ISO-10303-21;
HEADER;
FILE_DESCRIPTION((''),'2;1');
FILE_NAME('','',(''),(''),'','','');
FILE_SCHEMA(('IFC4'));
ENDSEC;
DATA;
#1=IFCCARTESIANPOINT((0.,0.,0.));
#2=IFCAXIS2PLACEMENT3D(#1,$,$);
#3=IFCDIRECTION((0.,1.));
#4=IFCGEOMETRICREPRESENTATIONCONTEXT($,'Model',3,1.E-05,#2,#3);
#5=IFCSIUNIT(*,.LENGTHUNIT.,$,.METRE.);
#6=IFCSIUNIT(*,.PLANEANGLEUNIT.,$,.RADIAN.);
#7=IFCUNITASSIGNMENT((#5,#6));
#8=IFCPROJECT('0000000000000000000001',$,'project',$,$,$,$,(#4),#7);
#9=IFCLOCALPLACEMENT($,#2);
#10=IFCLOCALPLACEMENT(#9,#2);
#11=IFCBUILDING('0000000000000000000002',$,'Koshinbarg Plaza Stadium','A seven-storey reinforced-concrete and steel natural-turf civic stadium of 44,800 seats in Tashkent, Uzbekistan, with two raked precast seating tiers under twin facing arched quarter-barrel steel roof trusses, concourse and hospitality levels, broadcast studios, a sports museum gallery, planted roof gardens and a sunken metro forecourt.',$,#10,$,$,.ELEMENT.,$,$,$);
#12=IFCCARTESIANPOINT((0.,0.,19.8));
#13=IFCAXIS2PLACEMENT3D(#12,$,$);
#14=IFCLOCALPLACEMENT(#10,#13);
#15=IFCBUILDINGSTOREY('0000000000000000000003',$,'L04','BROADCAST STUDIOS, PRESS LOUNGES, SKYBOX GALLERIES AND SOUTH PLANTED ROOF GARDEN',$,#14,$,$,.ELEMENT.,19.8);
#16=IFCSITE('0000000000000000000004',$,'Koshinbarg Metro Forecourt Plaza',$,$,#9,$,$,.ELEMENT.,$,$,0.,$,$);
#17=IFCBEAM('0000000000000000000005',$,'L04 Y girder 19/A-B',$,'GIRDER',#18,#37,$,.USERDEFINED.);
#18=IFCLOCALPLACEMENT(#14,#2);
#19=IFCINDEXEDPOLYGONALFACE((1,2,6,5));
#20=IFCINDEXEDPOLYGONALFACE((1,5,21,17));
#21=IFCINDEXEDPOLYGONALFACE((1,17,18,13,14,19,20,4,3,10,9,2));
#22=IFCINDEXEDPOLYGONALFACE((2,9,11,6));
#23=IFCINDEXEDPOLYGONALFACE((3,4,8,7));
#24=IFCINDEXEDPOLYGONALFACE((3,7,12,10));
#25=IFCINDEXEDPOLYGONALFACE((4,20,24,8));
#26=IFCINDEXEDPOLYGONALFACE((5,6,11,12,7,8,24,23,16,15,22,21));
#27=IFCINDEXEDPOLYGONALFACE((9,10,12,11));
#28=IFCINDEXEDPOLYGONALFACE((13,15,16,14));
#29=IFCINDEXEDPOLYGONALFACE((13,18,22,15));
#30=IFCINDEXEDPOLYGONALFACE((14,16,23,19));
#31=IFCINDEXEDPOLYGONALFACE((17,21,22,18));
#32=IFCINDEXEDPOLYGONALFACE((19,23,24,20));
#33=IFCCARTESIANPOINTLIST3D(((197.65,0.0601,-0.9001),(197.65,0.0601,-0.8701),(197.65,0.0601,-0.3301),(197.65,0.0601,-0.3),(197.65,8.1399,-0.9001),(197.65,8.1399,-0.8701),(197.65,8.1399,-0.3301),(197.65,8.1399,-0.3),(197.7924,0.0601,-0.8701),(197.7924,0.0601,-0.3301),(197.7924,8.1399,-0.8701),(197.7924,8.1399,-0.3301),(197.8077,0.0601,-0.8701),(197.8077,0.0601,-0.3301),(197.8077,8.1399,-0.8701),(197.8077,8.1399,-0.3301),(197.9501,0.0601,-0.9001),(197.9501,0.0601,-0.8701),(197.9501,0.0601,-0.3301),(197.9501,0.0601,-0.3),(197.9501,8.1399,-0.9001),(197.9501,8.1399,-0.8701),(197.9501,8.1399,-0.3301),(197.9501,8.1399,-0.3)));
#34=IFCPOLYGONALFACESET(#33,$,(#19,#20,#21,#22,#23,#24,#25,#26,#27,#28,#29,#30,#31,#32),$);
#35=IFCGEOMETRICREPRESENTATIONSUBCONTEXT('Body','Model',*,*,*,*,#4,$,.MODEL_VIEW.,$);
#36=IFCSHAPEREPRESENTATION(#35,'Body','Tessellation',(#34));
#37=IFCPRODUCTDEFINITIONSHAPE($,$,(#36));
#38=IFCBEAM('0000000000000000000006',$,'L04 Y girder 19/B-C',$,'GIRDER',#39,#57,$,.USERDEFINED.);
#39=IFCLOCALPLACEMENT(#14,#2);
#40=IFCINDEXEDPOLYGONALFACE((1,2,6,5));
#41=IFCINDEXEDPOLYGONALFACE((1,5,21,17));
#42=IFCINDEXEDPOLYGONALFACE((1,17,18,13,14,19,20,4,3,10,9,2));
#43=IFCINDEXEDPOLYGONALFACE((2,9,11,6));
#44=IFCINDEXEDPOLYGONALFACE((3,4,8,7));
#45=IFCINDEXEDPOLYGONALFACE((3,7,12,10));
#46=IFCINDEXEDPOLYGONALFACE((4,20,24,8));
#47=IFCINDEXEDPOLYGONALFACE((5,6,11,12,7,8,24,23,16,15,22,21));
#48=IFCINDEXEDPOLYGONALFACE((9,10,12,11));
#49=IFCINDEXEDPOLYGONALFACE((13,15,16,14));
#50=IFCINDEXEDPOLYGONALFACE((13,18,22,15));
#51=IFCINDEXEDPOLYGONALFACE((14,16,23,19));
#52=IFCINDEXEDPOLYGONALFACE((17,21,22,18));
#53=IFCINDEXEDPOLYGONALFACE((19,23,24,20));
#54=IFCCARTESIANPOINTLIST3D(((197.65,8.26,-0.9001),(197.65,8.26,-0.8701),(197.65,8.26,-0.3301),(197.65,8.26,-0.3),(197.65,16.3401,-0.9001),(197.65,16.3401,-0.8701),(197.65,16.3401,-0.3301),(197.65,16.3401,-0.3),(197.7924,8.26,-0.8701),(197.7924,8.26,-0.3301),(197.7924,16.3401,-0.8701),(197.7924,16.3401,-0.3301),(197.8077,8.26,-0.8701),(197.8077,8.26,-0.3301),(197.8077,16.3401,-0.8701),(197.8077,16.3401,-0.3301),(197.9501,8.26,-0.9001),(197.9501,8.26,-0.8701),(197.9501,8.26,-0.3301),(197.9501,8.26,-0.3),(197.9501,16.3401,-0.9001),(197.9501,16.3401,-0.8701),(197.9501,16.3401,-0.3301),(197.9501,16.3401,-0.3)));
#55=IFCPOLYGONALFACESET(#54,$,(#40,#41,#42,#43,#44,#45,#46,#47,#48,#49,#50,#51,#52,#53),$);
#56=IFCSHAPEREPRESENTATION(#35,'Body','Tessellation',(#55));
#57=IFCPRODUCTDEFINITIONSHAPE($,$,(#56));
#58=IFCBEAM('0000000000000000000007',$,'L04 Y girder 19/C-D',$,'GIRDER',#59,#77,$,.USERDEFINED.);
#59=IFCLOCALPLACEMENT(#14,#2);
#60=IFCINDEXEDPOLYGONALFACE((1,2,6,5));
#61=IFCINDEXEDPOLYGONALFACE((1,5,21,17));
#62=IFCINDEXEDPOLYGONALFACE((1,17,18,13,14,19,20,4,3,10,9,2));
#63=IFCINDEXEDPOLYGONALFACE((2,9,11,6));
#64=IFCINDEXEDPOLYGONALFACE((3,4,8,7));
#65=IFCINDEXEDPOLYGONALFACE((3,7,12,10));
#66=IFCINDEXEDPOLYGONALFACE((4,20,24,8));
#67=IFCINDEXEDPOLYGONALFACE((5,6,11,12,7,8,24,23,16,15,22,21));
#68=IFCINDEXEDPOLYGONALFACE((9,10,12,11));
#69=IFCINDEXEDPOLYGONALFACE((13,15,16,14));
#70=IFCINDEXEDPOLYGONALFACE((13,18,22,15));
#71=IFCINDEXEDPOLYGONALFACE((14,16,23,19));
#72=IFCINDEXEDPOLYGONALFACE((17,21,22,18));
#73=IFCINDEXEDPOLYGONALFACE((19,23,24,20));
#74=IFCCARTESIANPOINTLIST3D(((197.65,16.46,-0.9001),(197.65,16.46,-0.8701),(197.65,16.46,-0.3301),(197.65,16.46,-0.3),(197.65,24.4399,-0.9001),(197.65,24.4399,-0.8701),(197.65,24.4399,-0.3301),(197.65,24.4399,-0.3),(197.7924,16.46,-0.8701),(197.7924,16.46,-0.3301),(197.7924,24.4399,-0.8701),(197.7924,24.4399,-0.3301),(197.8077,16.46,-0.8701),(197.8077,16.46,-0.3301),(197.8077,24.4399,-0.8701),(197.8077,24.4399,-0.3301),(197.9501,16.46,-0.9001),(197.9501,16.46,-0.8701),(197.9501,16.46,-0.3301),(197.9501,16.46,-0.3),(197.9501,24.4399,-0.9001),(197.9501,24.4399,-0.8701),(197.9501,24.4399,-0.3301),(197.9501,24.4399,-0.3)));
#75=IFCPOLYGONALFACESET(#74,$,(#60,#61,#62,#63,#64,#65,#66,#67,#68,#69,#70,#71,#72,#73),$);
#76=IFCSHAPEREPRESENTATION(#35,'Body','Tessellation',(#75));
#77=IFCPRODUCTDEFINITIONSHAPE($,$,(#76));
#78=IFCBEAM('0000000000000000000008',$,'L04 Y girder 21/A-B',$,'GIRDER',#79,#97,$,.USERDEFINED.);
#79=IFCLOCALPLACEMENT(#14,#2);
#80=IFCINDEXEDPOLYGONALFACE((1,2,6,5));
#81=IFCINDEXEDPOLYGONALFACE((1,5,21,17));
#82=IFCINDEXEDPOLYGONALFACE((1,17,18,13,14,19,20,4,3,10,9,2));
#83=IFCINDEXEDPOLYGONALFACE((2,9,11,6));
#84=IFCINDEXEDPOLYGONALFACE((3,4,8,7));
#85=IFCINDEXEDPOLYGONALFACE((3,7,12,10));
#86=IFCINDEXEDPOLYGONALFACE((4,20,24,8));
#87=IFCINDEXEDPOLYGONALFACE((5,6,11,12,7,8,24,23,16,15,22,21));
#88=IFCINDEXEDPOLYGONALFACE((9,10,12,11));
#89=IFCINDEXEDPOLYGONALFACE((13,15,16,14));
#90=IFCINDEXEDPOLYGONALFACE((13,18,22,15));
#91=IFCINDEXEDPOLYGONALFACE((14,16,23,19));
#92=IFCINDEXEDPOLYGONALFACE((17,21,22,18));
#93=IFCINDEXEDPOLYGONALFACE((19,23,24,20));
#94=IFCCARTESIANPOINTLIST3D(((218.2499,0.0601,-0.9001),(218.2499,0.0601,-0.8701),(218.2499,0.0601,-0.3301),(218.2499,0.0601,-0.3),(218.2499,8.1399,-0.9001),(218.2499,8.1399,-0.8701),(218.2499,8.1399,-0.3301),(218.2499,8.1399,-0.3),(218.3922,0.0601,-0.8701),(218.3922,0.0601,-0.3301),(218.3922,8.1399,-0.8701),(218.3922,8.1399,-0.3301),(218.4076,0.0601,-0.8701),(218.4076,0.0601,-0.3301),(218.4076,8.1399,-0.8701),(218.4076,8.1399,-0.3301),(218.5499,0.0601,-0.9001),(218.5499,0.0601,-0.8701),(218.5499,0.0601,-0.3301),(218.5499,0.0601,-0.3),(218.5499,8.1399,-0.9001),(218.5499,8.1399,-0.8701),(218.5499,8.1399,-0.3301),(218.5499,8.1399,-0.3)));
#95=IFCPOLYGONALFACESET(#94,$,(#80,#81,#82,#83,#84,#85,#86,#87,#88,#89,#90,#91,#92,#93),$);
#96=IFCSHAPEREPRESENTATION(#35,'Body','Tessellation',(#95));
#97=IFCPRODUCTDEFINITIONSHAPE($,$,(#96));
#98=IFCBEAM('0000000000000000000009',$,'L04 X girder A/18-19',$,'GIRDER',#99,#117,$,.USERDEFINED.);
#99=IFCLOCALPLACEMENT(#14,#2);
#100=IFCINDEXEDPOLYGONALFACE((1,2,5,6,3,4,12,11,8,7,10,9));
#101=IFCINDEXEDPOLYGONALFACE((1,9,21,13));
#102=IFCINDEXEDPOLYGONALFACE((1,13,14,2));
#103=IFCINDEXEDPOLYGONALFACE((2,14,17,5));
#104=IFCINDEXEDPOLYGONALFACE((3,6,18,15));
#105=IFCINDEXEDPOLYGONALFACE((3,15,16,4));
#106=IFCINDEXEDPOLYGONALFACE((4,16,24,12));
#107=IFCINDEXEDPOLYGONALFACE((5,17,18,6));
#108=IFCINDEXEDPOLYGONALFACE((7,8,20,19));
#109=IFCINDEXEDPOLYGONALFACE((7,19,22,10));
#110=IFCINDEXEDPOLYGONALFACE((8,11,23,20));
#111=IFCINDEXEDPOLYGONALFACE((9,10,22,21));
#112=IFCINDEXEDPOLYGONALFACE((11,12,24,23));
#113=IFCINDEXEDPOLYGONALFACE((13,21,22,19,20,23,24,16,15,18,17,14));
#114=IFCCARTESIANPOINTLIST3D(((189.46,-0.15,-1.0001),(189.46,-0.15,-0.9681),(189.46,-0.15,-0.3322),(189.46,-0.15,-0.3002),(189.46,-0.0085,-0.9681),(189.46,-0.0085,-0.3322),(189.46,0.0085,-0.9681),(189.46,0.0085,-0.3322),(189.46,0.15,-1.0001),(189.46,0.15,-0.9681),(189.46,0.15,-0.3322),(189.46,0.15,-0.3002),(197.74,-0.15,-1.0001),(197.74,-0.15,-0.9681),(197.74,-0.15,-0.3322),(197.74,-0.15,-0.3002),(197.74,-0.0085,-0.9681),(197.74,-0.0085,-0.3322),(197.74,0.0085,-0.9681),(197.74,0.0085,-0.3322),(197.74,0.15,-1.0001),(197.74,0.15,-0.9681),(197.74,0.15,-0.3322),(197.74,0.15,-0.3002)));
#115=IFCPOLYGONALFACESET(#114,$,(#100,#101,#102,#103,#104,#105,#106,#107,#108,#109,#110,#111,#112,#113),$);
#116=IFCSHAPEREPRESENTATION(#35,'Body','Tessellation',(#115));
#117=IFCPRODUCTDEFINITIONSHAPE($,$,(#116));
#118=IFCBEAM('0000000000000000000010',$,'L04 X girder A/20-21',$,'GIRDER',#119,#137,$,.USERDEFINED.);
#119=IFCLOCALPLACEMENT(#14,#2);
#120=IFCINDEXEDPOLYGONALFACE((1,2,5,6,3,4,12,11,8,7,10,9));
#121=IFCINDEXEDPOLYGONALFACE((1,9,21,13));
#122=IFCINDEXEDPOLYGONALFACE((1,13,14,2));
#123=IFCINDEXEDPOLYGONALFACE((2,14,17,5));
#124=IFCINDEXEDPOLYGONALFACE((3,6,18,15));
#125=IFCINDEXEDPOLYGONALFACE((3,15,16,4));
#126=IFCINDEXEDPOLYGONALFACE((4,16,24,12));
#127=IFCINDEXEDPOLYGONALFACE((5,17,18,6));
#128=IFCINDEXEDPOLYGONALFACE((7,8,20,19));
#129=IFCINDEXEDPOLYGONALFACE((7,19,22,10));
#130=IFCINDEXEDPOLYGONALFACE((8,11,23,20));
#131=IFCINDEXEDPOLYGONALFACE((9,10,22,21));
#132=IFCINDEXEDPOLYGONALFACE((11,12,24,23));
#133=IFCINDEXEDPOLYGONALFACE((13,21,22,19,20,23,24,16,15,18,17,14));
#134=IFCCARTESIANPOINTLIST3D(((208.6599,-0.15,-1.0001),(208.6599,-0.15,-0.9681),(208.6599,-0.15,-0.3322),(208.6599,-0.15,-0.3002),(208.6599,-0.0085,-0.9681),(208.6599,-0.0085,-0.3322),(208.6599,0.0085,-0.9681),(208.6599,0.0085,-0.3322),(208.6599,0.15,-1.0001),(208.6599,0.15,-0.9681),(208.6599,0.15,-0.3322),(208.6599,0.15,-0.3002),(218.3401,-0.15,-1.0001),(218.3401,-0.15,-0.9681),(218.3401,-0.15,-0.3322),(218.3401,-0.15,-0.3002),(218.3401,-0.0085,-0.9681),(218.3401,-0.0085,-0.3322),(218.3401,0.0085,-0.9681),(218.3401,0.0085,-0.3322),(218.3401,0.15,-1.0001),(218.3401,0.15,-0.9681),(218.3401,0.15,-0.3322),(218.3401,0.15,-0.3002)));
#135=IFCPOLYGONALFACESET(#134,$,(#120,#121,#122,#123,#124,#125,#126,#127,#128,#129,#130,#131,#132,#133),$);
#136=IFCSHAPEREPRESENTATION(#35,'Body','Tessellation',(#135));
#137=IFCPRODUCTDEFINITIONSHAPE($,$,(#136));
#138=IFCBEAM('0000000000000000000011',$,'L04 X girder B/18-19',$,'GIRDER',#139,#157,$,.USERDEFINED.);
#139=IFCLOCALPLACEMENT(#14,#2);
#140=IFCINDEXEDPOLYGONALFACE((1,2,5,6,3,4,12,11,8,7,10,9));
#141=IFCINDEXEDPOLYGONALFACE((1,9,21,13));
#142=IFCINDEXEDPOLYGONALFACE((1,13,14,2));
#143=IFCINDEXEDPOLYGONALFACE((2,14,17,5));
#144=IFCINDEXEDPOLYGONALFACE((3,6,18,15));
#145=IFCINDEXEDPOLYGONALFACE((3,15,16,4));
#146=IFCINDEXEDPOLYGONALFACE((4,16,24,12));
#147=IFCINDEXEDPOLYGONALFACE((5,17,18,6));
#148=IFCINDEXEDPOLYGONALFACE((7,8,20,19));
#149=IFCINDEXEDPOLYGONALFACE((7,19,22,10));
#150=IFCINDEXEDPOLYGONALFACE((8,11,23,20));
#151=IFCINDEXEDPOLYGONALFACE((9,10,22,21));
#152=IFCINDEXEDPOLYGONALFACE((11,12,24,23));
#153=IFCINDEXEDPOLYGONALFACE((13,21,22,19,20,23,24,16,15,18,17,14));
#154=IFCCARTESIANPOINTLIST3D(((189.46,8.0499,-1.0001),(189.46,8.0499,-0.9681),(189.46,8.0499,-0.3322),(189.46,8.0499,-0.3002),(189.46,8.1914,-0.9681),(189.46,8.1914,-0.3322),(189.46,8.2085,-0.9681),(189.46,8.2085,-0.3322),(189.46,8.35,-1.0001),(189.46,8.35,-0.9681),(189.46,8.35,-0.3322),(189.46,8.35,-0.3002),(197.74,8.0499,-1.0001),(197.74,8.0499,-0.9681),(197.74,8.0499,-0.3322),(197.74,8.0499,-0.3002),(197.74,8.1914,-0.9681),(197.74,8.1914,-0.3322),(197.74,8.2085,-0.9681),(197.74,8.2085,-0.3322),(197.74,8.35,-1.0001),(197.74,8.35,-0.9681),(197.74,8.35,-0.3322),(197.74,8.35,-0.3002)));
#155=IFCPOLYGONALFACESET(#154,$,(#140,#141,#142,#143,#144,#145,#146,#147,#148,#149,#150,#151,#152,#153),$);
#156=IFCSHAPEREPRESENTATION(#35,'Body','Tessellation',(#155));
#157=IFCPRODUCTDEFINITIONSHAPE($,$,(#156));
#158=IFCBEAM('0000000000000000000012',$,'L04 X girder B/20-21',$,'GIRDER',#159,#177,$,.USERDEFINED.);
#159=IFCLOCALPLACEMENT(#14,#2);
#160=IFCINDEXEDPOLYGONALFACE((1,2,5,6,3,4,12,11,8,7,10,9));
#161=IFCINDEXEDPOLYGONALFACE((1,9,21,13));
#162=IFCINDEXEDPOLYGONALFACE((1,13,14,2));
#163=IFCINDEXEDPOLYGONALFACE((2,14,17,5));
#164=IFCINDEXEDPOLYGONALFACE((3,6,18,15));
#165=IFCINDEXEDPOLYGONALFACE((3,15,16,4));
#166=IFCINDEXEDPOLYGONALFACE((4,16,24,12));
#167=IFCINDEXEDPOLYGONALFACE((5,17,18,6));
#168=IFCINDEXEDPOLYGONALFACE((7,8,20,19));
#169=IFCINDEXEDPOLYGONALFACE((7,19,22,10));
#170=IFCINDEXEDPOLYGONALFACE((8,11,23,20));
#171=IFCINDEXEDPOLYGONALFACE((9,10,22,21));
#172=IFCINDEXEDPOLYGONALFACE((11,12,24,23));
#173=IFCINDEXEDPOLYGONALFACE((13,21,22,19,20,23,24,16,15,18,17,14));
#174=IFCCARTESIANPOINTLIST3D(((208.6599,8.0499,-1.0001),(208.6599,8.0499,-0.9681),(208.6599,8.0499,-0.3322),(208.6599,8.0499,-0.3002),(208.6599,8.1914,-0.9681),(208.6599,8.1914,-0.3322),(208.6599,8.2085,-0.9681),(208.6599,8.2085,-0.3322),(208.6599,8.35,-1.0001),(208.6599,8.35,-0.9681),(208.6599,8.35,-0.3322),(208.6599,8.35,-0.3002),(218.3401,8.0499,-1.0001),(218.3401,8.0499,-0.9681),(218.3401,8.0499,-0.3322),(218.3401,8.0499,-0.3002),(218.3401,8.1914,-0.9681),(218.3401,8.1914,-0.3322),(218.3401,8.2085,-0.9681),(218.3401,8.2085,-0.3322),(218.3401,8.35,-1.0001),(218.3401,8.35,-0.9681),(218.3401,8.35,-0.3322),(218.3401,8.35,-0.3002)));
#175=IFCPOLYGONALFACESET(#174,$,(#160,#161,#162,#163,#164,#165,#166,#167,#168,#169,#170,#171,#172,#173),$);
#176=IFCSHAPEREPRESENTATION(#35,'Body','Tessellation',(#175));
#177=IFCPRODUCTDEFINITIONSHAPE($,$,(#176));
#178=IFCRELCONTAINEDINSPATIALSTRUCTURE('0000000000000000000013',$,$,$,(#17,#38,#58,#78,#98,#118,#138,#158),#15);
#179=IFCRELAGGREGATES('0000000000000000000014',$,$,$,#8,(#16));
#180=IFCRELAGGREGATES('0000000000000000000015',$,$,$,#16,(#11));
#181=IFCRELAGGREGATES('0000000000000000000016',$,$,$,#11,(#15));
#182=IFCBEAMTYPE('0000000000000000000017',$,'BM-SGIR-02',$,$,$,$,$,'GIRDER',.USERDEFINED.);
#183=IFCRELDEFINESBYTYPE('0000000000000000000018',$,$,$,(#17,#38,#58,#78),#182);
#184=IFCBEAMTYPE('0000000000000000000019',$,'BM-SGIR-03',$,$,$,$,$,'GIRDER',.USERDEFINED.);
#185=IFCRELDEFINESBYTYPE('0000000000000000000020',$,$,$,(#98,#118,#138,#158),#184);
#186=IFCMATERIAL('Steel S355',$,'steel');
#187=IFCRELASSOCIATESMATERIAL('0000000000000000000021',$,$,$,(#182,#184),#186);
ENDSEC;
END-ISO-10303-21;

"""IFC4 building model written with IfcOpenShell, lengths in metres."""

from ifc_helpers import new_model, si_unit, direction, frame, origin, origin_2d, place, context, subcontext, project, spatial, i_section, extrude, material, material_profile, profile_set, type_object, element, save


model = new_model("IFC4")

# Units and contexts
model_context = context("Model", 3, precision=1e-05, world=origin(), true_north=direction((0.0, 1.0)))
body_context = subcontext(model_context, "Body", "Model", "MODEL_VIEW")
ifc_project = project(units=[si_unit("LENGTHUNIT", "METRE"), si_unit("PLANEANGLEUNIT", "RADIAN")], contexts=[model_context])

# Site, building, storey
site_placement = place(None, origin())
site = spatial("IfcSite", under=ifc_project, at=site_placement, Name="Koshinbarg Metro Forecourt Plaza", CompositionType="ELEMENT", RefElevation=0.0)
building_placement = place(site_placement, origin())
building = spatial("IfcBuilding", under=site, at=building_placement, Name="Koshinbarg Plaza Stadium", Description="A seven-storey reinforced-concrete and steel natural-turf civic stadium of 44,800 seats in Tashkent, Uzbekistan, with two raked precast seating tiers under twin facing arched quarter-barrel steel roof trusses, concourse and hospitality levels, broadcast studios, a sports museum gallery, planted roof gardens and a sunken metro forecourt.", CompositionType="ELEMENT")
storey_placement = place(building_placement, frame((0.0, 0.0, 19.8)))
storey = spatial("IfcBuildingStorey", under=building, at=storey_placement, Name="L04", Description="BROADCAST STUDIOS, PRESS LOUNGES, SKYBOX GALLERIES AND SOUTH PLANTED ROOF GARDEN", CompositionType="ELEMENT", Elevation=19.8)

# Beams
ifc_material = material(Name="Steel S355", Category="steel")
ifc_material_profile_1 = material_profile(ifc_material, i_section(OverallWidth=0.3, OverallDepth=0.6001, WebThickness=0.0154, FlangeThickness=0.03, at=origin_2d()), Name="HEB 600")
ifc_profile_set_1 = profile_set([ifc_material_profile_1], Name="Steel S355")
beam_type_1 = type_object("IfcBeamType", Name="BM-SGIR-02", ElementType="GIRDER", PredefinedType="USERDEFINED", material=ifc_profile_set_1)
beam_1_placement = place(storey_placement, frame((197.8, 0.0601, -0.6001), z_axis=(0.0, 1.0, 0.0), x_axis=(-1.0, 0.0, 0.0)))
element("IfcBeam", 1, at=beam_1_placement, inside=storey, type_object=beam_type_1, Name="L04 Y girder 19/A-B", ObjectType="GIRDER", PredefinedType="USERDEFINED", context=body_context, shape_type="SweptSolid", body=[
    extrude(i_section(OverallWidth=0.3, OverallDepth=0.6001, WebThickness=0.0154, FlangeThickness=0.03, at=origin_2d()), origin(), (0.0, 0.0, 1.0), 8.0798),
])
beam_2_placement = place(storey_placement, frame((197.8, 8.26, -0.6001), z_axis=(0.0, 1.0, 0.0), x_axis=(-1.0, 0.0, 0.0)))
element("IfcBeam", 2, at=beam_2_placement, inside=storey, type_object=beam_type_1, Name="L04 Y girder 19/B-C", ObjectType="GIRDER", PredefinedType="USERDEFINED", context=body_context, shape_type="SweptSolid", body=[
    extrude(i_section(OverallWidth=0.3, OverallDepth=0.6001, WebThickness=0.0154, FlangeThickness=0.03, at=origin_2d()), origin(), (0.0, 0.0, 1.0), 8.0801),
])
beam_3_placement = place(storey_placement, frame((197.8, 16.46, -0.6001), z_axis=(0.0, 1.0, 0.0), x_axis=(-1.0, 0.0, 0.0)))
element("IfcBeam", 3, at=beam_3_placement, inside=storey, type_object=beam_type_1, Name="L04 Y girder 19/C-D", ObjectType="GIRDER", PredefinedType="USERDEFINED", context=body_context, shape_type="SweptSolid", body=[
    extrude(i_section(OverallWidth=0.3, OverallDepth=0.6001, WebThickness=0.0154, FlangeThickness=0.03, at=origin_2d()), origin(), (0.0, 0.0, 1.0), 7.98),
])
beam_4_placement = place(storey_placement, frame((218.3999, 0.0601, -0.6001), z_axis=(0.0, 1.0, 0.0), x_axis=(-1.0, 0.0, 0.0)))
element("IfcBeam", 4, at=beam_4_placement, inside=storey, type_object=beam_type_1, Name="L04 Y girder 21/A-B", ObjectType="GIRDER", PredefinedType="USERDEFINED", context=body_context, shape_type="SweptSolid", body=[
    extrude(i_section(OverallWidth=0.3, OverallDepth=0.6001, WebThickness=0.0154, FlangeThickness=0.03, at=origin_2d()), origin(), (0.0, 0.0, 1.0), 8.0798),
])
ifc_material_profile_2 = material_profile(ifc_material, i_section(OverallWidth=0.3, OverallDepth=0.7, WebThickness=0.0171, FlangeThickness=0.032, at=origin_2d()), Name="HEB 700")
ifc_profile_set_2 = profile_set([ifc_material_profile_2], Name="Steel S355")
beam_type_2 = type_object("IfcBeamType", Name="BM-SGIR-03", ElementType="GIRDER", PredefinedType="USERDEFINED", material=ifc_profile_set_2)
beam_5_placement = place(storey_placement, frame((189.46, 0.0, -0.6501), z_axis=(1.0, 0.0, 0.0), x_axis=(0.0, 1.0, 0.0)))
element("IfcBeam", 5, at=beam_5_placement, inside=storey, type_object=beam_type_2, Name="L04 X girder A/18-19", ObjectType="GIRDER", PredefinedType="USERDEFINED", context=body_context, shape_type="SweptSolid", body=[
    extrude(i_section(OverallWidth=0.3, OverallDepth=0.7, WebThickness=0.0171, FlangeThickness=0.032, at=origin_2d()), origin(), (0.0, 0.0, 1.0), 8.28),
])
beam_6_placement = place(storey_placement, frame((208.6599, 0.0, -0.6501), z_axis=(1.0, 0.0, 0.0), x_axis=(0.0, 1.0, 0.0)))
element("IfcBeam", 6, at=beam_6_placement, inside=storey, type_object=beam_type_2, Name="L04 X girder A/20-21", ObjectType="GIRDER", PredefinedType="USERDEFINED", context=body_context, shape_type="SweptSolid", body=[
    extrude(i_section(OverallWidth=0.3, OverallDepth=0.7, WebThickness=0.0171, FlangeThickness=0.032, at=origin_2d()), origin(), (0.0, 0.0, 1.0), 9.6802),
])
beam_7_placement = place(storey_placement, frame((189.46, 8.2, -0.6501), z_axis=(1.0, 0.0, 0.0), x_axis=(0.0, 1.0, 0.0)))
element("IfcBeam", 7, at=beam_7_placement, inside=storey, type_object=beam_type_2, Name="L04 X girder B/18-19", ObjectType="GIRDER", PredefinedType="USERDEFINED", context=body_context, shape_type="SweptSolid", body=[
    extrude(i_section(OverallWidth=0.3, OverallDepth=0.7, WebThickness=0.0171, FlangeThickness=0.032, at=origin_2d()), origin(), (0.0, 0.0, 1.0), 8.28),
])
beam_8_placement = place(storey_placement, frame((208.6599, 8.2, -0.6501), z_axis=(1.0, 0.0, 0.0), x_axis=(0.0, 1.0, 0.0)))
element("IfcBeam", 8, at=beam_8_placement, inside=storey, type_object=beam_type_2, Name="L04 X girder B/20-21", ObjectType="GIRDER", PredefinedType="USERDEFINED", context=body_context, shape_type="SweptSolid", body=[
    extrude(i_section(OverallWidth=0.3, OverallDepth=0.7, WebThickness=0.0171, FlangeThickness=0.032, at=origin_2d()), origin(), (0.0, 0.0, 1.0), 9.6802),
])

save(model, "model.ifc")
